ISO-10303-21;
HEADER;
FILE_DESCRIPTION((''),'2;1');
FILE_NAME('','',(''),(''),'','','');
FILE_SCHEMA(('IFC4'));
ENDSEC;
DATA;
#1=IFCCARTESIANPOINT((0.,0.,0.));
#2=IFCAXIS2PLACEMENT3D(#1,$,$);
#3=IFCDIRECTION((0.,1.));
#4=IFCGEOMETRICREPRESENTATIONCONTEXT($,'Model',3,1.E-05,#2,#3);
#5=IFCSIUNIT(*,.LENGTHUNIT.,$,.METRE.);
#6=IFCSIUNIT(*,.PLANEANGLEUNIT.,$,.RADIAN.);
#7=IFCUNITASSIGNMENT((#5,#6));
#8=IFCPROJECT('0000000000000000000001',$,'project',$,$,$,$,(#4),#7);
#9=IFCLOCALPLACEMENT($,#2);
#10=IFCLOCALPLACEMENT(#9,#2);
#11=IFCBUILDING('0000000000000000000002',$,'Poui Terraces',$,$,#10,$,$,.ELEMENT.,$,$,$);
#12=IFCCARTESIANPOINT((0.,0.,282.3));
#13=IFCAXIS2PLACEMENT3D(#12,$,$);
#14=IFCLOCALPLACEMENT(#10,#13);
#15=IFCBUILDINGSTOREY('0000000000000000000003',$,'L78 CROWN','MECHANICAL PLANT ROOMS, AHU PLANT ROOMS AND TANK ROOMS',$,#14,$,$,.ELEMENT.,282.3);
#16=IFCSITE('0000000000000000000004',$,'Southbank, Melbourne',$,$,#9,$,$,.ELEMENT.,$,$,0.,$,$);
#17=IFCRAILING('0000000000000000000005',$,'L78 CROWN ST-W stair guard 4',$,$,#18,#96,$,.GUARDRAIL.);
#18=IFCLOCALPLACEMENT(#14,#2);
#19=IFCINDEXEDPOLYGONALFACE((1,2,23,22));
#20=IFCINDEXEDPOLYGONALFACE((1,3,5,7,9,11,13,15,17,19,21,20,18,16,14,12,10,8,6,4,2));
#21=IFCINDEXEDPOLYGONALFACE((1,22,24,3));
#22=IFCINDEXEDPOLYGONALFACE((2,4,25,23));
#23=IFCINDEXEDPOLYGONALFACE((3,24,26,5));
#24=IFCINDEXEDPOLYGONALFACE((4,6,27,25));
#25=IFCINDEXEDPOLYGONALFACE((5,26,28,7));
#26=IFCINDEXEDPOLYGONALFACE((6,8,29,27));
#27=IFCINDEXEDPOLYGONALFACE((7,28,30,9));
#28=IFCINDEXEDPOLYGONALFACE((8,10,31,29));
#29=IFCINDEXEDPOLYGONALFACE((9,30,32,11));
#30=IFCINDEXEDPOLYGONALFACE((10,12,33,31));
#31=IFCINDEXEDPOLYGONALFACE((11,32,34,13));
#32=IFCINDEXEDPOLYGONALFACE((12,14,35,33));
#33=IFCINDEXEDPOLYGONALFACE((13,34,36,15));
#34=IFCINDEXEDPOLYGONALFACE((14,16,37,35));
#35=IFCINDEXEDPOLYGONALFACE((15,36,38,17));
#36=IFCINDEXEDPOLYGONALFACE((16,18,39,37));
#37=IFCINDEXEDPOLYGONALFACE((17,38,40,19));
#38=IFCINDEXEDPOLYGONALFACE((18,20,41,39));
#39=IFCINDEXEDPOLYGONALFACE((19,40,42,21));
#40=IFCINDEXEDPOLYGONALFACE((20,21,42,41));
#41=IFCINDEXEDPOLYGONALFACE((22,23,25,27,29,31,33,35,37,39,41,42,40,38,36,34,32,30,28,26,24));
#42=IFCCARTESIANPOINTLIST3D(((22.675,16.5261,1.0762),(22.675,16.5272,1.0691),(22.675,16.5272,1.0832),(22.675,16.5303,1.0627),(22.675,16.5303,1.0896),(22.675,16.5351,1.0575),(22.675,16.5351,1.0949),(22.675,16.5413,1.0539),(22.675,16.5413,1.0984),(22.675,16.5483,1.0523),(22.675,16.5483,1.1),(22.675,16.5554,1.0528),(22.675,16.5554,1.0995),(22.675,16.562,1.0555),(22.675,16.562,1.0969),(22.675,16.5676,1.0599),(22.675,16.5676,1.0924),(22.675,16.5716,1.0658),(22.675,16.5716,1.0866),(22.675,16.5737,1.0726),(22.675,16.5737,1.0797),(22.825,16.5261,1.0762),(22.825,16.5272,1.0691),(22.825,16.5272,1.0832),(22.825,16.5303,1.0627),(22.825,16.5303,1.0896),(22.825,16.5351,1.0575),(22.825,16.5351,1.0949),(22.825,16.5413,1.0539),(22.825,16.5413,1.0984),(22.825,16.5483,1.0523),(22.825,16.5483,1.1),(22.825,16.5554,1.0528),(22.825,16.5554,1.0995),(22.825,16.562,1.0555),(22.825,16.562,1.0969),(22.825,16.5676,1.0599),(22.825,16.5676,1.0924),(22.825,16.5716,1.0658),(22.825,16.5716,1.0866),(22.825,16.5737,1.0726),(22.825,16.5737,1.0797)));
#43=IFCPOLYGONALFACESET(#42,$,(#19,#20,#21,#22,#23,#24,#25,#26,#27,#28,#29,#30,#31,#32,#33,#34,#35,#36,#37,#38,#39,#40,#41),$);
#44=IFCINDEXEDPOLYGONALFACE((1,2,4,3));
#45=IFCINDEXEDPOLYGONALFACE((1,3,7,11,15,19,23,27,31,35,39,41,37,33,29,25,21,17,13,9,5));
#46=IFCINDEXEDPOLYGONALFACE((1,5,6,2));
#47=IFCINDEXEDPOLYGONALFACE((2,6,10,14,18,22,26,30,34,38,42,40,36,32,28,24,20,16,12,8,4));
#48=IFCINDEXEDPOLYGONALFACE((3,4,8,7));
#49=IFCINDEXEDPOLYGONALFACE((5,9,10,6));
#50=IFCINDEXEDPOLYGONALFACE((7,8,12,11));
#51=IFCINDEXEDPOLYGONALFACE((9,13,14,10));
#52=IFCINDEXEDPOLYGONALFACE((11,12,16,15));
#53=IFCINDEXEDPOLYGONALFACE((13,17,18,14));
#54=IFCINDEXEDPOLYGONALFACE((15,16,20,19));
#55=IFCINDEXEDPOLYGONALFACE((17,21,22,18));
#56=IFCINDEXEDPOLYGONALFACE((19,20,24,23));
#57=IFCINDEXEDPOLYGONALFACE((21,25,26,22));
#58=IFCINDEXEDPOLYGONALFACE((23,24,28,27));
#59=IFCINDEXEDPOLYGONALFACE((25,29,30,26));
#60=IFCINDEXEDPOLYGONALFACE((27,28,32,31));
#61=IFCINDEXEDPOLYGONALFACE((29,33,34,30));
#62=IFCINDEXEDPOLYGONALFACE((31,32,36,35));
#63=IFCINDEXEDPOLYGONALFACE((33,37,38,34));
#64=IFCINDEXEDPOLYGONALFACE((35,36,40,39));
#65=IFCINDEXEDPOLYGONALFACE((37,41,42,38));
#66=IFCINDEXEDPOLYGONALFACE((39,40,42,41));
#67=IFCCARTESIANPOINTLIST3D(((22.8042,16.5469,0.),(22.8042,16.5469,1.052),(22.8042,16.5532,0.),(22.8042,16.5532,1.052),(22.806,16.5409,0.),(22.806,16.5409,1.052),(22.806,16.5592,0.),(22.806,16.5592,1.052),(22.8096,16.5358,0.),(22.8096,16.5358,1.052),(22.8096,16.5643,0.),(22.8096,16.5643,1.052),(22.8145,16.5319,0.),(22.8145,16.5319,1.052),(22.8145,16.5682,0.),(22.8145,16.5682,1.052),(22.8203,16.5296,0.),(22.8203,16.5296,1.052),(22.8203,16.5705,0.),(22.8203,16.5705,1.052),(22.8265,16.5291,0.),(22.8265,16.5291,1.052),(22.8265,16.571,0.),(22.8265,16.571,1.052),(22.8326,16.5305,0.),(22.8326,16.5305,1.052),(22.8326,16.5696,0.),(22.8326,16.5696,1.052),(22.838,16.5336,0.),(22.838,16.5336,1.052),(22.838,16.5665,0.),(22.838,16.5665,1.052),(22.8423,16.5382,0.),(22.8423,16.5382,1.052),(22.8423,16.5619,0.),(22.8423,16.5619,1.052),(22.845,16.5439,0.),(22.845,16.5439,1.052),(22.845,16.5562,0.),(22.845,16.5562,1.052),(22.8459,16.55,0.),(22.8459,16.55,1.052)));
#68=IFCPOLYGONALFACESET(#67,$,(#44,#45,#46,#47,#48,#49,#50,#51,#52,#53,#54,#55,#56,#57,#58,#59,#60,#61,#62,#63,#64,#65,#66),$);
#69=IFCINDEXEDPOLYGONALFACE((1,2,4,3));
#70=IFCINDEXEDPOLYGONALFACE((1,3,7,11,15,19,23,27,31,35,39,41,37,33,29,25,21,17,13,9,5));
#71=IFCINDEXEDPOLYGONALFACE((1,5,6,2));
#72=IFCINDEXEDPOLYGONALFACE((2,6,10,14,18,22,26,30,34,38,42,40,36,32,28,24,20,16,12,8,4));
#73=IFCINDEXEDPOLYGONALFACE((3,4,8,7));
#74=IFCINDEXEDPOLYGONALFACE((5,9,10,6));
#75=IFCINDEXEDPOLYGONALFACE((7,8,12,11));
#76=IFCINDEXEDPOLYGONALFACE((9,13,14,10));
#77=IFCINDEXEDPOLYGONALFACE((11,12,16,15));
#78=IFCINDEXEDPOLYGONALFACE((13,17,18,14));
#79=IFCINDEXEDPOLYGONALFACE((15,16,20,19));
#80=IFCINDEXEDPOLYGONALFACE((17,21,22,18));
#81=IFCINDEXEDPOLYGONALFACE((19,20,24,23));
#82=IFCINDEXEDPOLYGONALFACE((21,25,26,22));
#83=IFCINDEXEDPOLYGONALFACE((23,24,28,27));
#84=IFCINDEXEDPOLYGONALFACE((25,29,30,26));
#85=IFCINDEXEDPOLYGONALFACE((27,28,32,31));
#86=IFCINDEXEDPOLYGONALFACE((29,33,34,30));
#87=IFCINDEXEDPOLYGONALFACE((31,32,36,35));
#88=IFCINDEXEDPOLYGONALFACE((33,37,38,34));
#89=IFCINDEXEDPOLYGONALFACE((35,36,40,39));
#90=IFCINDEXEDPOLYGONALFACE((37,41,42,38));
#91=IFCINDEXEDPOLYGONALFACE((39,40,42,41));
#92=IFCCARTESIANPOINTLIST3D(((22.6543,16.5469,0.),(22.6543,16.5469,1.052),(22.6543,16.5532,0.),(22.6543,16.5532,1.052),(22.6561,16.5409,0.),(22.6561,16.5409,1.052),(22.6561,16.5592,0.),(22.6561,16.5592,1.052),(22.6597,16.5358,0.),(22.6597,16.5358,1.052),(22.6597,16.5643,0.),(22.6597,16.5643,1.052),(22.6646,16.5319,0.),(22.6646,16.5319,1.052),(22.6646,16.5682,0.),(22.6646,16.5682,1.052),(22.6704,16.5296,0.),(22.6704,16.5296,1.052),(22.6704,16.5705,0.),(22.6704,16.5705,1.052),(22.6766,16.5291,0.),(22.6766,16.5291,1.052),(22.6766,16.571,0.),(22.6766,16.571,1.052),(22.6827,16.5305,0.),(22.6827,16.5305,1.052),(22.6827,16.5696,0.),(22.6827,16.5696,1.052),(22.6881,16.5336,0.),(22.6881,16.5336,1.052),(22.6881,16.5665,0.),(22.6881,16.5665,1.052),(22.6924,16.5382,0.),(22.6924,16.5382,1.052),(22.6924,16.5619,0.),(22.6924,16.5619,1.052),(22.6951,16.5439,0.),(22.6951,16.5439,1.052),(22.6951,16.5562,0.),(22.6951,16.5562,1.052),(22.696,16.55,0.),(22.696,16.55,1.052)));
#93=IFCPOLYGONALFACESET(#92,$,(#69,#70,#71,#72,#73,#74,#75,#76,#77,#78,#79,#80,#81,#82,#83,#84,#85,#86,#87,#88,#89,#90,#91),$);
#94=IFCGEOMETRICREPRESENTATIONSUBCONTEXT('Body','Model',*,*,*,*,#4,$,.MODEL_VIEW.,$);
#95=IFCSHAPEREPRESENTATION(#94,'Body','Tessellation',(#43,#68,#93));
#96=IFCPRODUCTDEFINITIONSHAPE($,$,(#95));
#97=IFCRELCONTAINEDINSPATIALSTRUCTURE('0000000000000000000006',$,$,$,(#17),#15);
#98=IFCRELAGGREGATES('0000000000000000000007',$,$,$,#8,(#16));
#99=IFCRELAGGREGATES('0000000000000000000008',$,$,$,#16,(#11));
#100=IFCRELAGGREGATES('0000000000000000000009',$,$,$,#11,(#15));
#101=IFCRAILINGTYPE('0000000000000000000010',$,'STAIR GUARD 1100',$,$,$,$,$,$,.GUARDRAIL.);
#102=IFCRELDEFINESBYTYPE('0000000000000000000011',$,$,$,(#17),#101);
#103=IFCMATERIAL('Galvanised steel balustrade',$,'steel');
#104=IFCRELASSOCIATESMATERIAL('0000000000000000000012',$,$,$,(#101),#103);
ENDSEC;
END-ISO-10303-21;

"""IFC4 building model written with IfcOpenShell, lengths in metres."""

from ifc_helpers import new_model, si_unit, direction, frame, origin, origin_2d, place, context, subcontext, project, spatial, circle, extrude, material, type_object, element, save


model = new_model("IFC4")

# Units and contexts
model_context = context("Model", 3, precision=1e-05, world=origin(), true_north=direction((0.0, 1.0)))
body_context = subcontext(model_context, "Body", "Model", "MODEL_VIEW")
ifc_project = project(units=[si_unit("LENGTHUNIT", "METRE"), si_unit("PLANEANGLEUNIT", "RADIAN")], contexts=[model_context])

# Site, building, storey
site_placement = place(None, origin())
site = spatial("IfcSite", under=ifc_project, at=site_placement, Name="Southbank, Melbourne", CompositionType="ELEMENT", RefElevation=0.0)
building_placement = place(site_placement, origin())
building = spatial("IfcBuilding", under=site, at=building_placement, Name="Poui Terraces", CompositionType="ELEMENT")
storey_placement = place(building_placement, frame((0.0, 0.0, 282.3)))
storey = spatial("IfcBuildingStorey", under=building, at=storey_placement, Name="L78 CROWN", Description="MECHANICAL PLANT ROOMS, AHU PLANT ROOMS AND TANK ROOMS", CompositionType="ELEMENT", Elevation=282.3)

# Railing
ifc_material_1 = material(Name="Galvanised steel balustrade", Category="steel")
railing_type_1 = type_object("IfcRailingType", Name="STAIR GUARD 1100", PredefinedType="GUARDRAIL", material=ifc_material_1)
railing_1_placement = place(storey_placement, frame((22.825, 16.55, 0.0)))
element("IfcRailing", 1, at=railing_1_placement, inside=storey, type_object=railing_type_1, Name="L78 CROWN ST-W stair guard 4", PredefinedType="GUARDRAIL", context=body_context, shape_type="SweptSolid", body=[
    extrude(circle(Radius=0.0239, at=origin_2d()), frame((0.0, 0.0, 1.0762), z_axis=(-1.0, 0.0, 0.0), x_axis=(0.0, -1.0, 0.0)), (0.0, 0.0, 1.0), 0.1499),
    extrude(circle(Radius=0.021, at=origin_2d()), origin(), (0.0, 0.0, 1.0), 1.052),
    extrude(circle(Radius=0.021, at=origin_2d()), frame((-0.1499, 0.0, 0.0)), (0.0, 0.0, 1.0), 1.052),
])

save(model, "model.ifc")
